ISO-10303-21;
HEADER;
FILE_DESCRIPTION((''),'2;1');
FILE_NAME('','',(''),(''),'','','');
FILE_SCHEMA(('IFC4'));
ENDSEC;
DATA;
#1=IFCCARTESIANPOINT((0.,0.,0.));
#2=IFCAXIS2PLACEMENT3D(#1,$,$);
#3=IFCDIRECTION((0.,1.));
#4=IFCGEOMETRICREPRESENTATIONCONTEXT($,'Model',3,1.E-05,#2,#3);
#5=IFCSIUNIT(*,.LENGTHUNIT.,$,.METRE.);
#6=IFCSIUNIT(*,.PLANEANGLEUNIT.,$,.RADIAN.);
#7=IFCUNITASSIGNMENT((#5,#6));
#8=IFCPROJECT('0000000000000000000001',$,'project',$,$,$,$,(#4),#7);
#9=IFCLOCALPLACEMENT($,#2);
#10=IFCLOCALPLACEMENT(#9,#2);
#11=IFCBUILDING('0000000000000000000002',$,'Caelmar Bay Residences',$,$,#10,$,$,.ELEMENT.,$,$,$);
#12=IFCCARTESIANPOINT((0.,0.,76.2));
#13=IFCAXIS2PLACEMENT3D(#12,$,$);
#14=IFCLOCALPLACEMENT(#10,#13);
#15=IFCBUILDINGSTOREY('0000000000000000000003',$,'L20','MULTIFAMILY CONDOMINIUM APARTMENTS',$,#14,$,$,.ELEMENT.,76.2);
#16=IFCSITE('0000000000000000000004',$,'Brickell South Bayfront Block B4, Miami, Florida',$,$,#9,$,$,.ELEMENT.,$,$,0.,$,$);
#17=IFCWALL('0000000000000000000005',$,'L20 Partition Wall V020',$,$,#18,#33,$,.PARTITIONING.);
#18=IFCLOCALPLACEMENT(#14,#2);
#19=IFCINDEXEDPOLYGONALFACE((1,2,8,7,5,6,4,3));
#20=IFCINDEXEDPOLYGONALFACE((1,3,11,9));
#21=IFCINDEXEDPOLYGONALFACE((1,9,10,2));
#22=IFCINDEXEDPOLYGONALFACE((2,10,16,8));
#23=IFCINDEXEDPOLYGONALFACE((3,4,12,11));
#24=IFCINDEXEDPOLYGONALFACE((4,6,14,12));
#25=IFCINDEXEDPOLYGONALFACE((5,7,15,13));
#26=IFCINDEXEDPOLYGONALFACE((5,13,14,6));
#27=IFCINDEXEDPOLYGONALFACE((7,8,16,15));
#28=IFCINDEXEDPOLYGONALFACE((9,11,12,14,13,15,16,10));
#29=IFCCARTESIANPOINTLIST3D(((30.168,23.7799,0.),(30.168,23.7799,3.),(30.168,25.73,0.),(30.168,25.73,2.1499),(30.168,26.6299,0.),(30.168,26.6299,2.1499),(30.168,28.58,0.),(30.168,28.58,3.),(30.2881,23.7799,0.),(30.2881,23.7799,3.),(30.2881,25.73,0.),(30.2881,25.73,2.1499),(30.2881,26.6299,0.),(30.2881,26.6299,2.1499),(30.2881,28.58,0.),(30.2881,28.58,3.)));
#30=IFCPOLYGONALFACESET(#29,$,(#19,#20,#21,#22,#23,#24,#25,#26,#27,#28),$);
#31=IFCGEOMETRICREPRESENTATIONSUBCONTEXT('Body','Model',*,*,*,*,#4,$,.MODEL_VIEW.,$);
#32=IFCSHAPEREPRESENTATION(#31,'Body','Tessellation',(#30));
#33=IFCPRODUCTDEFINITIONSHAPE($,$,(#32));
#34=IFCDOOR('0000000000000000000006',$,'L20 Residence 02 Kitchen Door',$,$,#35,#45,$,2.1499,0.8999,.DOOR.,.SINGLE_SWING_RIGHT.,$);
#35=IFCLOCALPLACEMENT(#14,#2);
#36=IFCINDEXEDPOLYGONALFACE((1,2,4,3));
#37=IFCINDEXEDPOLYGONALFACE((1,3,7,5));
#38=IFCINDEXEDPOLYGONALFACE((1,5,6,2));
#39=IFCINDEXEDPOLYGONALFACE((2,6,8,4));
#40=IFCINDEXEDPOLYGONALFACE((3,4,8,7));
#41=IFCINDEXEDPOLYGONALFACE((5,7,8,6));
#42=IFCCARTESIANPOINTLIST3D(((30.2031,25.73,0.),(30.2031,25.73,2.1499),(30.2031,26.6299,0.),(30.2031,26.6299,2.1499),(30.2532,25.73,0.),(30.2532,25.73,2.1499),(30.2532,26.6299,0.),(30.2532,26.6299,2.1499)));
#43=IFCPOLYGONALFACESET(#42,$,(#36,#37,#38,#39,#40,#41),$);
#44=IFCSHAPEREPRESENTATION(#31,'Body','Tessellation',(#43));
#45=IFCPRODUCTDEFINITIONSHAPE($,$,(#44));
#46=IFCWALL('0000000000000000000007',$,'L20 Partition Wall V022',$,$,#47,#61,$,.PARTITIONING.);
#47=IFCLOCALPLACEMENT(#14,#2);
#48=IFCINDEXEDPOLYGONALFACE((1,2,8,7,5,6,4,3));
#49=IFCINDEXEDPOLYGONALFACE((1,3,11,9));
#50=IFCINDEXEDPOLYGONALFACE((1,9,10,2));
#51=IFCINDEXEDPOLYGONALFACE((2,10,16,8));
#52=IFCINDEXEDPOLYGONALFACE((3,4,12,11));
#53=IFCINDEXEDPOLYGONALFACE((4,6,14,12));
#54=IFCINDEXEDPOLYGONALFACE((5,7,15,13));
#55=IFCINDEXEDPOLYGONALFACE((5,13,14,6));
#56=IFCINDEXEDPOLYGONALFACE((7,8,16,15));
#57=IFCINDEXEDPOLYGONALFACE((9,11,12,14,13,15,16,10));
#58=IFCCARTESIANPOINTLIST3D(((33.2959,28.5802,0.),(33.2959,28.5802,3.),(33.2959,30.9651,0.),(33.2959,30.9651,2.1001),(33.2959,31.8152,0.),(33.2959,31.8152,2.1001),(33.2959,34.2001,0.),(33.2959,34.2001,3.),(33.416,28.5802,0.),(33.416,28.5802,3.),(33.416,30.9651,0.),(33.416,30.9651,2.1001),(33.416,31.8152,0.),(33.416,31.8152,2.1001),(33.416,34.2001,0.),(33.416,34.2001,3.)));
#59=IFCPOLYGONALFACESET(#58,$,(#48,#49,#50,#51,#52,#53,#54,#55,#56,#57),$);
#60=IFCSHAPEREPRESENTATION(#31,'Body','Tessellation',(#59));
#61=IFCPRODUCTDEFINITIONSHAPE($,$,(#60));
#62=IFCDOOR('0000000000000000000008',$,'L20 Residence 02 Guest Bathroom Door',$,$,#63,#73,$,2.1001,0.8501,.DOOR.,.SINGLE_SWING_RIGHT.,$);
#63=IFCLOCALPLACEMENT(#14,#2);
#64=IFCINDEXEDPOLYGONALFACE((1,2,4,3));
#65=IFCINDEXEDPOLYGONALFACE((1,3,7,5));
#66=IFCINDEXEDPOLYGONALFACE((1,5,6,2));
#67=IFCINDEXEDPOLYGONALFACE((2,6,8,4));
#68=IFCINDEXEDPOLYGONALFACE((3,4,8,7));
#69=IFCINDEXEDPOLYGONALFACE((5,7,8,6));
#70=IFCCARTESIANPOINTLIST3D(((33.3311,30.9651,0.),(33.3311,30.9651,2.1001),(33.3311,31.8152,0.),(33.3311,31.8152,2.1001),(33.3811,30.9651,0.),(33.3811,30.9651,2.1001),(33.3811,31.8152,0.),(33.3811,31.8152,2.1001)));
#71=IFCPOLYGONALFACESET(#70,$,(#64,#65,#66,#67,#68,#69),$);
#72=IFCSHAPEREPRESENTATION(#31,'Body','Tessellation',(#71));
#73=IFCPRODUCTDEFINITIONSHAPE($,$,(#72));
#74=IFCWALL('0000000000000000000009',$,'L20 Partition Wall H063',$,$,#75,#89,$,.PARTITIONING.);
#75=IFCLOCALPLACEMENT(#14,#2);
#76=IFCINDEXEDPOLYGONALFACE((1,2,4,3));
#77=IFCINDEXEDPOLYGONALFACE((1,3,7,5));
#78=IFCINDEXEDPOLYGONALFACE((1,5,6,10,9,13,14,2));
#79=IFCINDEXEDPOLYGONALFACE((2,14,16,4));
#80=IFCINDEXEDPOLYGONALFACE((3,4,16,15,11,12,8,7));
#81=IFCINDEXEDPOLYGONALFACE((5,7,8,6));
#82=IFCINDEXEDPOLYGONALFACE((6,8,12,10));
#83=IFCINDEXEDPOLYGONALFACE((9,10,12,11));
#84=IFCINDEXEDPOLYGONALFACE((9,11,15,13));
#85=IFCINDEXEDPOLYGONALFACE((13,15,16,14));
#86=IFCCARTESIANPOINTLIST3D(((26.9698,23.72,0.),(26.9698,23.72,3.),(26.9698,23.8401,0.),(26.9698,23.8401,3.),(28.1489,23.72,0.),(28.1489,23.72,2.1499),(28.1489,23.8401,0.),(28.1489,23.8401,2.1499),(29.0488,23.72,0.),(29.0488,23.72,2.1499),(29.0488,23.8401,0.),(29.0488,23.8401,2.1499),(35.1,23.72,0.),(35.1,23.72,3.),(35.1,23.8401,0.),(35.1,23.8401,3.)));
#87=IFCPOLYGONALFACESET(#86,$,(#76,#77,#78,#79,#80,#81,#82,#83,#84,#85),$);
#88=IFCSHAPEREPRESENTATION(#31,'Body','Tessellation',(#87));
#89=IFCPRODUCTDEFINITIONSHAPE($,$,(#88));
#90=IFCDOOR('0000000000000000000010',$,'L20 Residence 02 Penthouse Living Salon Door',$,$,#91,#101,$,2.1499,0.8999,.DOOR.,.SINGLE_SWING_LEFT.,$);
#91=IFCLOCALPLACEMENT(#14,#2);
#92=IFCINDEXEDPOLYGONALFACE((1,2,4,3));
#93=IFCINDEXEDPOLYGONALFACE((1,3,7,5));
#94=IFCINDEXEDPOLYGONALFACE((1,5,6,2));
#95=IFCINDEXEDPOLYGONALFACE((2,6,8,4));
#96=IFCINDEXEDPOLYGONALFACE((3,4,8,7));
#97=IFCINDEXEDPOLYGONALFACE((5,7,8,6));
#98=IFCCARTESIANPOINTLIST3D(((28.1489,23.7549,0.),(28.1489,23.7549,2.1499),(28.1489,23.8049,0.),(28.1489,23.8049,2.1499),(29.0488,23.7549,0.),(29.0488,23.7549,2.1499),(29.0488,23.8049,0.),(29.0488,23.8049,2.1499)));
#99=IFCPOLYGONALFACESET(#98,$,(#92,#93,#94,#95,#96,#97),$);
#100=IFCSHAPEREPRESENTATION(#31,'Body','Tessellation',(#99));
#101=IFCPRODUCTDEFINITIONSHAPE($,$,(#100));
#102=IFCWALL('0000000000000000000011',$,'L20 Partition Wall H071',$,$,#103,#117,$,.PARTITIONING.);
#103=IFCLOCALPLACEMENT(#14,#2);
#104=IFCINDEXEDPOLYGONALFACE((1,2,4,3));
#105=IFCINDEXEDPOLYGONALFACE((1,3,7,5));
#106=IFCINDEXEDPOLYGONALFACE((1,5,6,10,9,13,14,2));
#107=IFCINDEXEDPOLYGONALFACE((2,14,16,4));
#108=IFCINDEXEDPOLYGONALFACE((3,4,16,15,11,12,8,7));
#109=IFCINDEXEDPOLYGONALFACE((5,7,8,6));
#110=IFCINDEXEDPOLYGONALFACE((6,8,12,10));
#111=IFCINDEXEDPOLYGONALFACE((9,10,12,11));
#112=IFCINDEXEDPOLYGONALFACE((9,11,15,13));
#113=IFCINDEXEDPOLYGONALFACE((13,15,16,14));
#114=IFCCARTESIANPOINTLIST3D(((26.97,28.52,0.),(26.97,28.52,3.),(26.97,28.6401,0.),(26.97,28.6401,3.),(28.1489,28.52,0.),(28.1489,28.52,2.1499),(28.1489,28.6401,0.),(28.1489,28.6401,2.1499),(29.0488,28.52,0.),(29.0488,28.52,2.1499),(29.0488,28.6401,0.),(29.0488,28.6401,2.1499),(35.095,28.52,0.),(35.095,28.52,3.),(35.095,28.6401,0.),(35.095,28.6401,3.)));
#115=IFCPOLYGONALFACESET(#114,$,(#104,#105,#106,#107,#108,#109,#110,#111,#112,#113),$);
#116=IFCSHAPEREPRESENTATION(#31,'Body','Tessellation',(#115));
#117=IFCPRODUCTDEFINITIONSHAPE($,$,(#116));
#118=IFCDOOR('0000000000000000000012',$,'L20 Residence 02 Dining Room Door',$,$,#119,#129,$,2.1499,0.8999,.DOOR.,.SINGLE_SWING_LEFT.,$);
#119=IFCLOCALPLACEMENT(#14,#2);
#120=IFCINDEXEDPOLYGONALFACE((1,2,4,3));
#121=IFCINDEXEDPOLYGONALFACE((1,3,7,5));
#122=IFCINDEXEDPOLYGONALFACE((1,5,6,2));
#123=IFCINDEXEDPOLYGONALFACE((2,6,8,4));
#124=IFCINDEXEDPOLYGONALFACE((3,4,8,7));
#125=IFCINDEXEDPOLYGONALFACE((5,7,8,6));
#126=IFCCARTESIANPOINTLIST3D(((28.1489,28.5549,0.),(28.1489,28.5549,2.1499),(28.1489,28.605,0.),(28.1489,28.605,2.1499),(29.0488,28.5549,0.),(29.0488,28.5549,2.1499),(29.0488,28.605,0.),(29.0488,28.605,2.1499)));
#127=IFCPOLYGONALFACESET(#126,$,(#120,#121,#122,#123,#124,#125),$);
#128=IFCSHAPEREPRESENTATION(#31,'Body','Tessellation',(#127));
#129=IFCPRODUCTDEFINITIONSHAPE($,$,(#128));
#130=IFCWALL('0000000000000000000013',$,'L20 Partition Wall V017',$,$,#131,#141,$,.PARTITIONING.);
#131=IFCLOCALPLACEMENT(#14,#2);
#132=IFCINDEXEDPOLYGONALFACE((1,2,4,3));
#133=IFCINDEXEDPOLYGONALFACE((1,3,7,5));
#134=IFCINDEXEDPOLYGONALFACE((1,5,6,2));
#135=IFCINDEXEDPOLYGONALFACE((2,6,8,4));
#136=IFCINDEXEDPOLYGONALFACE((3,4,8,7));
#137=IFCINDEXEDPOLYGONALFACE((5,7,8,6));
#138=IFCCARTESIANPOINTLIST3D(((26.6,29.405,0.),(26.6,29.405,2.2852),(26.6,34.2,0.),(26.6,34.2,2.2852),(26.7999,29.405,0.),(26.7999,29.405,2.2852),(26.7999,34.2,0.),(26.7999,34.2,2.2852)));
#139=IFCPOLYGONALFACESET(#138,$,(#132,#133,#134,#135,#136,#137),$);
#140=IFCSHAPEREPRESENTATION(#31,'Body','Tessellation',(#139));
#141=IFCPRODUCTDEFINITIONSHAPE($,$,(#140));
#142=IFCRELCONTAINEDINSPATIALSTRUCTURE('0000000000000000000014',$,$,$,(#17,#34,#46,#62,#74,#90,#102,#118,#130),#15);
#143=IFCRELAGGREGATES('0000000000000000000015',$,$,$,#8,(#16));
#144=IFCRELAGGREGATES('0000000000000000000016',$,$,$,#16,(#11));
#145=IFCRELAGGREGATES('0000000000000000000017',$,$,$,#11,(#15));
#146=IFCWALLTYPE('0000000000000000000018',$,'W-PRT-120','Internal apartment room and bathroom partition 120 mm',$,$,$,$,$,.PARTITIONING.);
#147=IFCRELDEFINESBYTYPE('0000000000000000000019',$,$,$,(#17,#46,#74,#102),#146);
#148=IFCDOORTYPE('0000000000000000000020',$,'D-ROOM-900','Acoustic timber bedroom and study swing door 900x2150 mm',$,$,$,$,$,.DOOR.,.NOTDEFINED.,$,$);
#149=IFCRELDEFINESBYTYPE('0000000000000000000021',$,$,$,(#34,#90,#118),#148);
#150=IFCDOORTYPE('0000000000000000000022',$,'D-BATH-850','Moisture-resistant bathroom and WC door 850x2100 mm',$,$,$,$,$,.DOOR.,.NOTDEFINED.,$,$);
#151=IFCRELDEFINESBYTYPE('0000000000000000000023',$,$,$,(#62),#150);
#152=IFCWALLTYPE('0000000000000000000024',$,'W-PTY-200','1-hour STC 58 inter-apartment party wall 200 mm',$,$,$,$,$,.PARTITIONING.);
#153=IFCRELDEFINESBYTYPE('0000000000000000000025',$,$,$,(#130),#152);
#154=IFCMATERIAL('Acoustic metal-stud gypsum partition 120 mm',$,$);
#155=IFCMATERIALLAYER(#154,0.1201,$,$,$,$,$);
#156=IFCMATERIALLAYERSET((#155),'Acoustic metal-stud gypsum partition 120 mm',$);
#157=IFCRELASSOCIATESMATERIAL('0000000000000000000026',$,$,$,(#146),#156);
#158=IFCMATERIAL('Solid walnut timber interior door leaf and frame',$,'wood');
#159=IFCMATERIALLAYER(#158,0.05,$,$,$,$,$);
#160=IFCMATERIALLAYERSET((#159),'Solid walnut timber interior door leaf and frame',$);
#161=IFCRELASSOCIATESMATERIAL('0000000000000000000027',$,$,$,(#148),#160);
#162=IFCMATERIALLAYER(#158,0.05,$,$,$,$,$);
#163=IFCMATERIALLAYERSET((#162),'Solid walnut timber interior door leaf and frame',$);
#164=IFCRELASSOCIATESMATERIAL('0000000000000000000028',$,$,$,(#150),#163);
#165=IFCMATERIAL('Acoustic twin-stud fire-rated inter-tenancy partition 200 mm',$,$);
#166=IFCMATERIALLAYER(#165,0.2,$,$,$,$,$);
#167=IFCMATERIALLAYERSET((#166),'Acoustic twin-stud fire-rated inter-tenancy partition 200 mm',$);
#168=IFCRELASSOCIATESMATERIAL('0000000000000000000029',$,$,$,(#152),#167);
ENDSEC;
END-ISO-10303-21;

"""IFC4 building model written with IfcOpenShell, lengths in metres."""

from ifc_helpers import new_model, si_unit, direction, frame, frame_2d, origin, place, context, subcontext, project, spatial, rectangle, extrude, material, layer, layer_set, type_object, element, fill, save


model = new_model("IFC4")

# Units and contexts
model_context = context("Model", 3, precision=1e-05, world=origin(), true_north=direction((0.0, 1.0)))
body_context = subcontext(model_context, "Body", "Model", "MODEL_VIEW")
ifc_project = project(units=[si_unit("LENGTHUNIT", "METRE"), si_unit("PLANEANGLEUNIT", "RADIAN")], contexts=[model_context])

# Site, building, storey
site_placement = place(None, origin())
site = spatial("IfcSite", under=ifc_project, at=site_placement, Name="Brickell South Bayfront Block B4, Miami, Florida", CompositionType="ELEMENT", RefElevation=0.0)
building_placement = place(site_placement, origin())
building = spatial("IfcBuilding", under=site, at=building_placement, Name="Caelmar Bay Residences", CompositionType="ELEMENT")
storey_placement = place(building_placement, frame((0.0, 0.0, 76.2)))
storey = spatial("IfcBuildingStorey", under=building, at=storey_placement, Name="L20", Description="MULTIFAMILY CONDOMINIUM APARTMENTS", CompositionType="ELEMENT", Elevation=76.2)

# Walls, openings, doors
ifc_material_1 = material(Name="Acoustic metal-stud gypsum partition 120 mm")
ifc_layer_1 = layer(ifc_material_1, 0.1201)
ifc_layer_set_1 = layer_set([ifc_layer_1], Name="Acoustic metal-stud gypsum partition 120 mm")
wall_type_1 = type_object("IfcWallType", Name="W-PRT-120", Description="Internal apartment room and bathroom partition 120 mm", PredefinedType="PARTITIONING", material=ifc_layer_set_1)
wall_1_placement = place(storey_placement, frame((30.228, 23.78, 0.0), z_axis=(0.0, 0.0, 1.0), x_axis=(0.0, 1.0, 0.0)))
wall_1 = element("IfcWall", 1, at=wall_1_placement, inside=storey, type_object=wall_type_1, Name="L20 Partition Wall V020", PredefinedType="PARTITIONING", context=body_context, shape_type="SweptSolid", body=[
    extrude(rectangle(XDim=4.8, YDim=0.1201, at=frame_2d((2.3999, 0.0))), origin(), (0.0, 0.0, 1.0), 3.0),
])
opening_1_placement = place(wall_1_placement, frame((1.95, 0.0, 0.0)))
opening_1 = element("IfcOpeningElement", 2, at=opening_1_placement, cuts=wall_1, PredefinedType="OPENING", context=body_context, shape_type="SweptSolid", body=[
    extrude(rectangle(XDim=0.8999, YDim=2.1499, at=frame_2d((0.45, 1.075))), frame((0.0, 0.0701, 0.0), z_axis=(0.0, -1.0, 0.0), x_axis=(1.0, 0.0, 0.0)), (0.0, 0.0, 1.0), 0.1401),
])
ifc_material_2 = material(Name="Solid walnut timber interior door leaf and frame", Category="wood")
ifc_layer_2 = layer(ifc_material_2, 0.05)
ifc_layer_set_2 = layer_set([ifc_layer_2], Name="Solid walnut timber interior door leaf and frame")
door_type_1 = type_object("IfcDoorType", Name="D-ROOM-900", Description="Acoustic timber bedroom and study swing door 900x2150 mm", OperationType="NOTDEFINED", PredefinedType="DOOR", material=ifc_layer_set_2)
door_1_placement = place(opening_1_placement, origin())
door_1 = element("IfcDoor", 3, at=door_1_placement, inside=storey, type_object=door_type_1, Name="L20 Residence 02 Kitchen Door", OperationType="SINGLE_SWING_RIGHT", OverallHeight=2.1499, OverallWidth=0.8999, PredefinedType="DOOR", context=body_context, shape_type="SweptSolid", body=[
    extrude(rectangle(XDim=0.8999, YDim=2.1499, at=frame_2d((0.45, 1.075))), frame((0.0, 0.0249, 0.0), z_axis=(0.0, -1.0, 0.0), x_axis=(1.0, 0.0, 0.0)), (0.0, 0.0, 1.0), 0.05),
])
fill(opening_1, door_1)
wall_2_placement = place(storey_placement, frame((33.356, 28.5801, 0.0), z_axis=(0.0, 0.0, 1.0), x_axis=(0.0, 1.0, 0.0)))
wall_2 = element("IfcWall", 4, at=wall_2_placement, inside=storey, type_object=wall_type_1, Name="L20 Partition Wall V022", PredefinedType="PARTITIONING", context=body_context, shape_type="SweptSolid", body=[
    extrude(rectangle(XDim=5.6199, YDim=0.1201, at=frame_2d((2.8101, 0.0))), origin(), (0.0, 0.0, 1.0), 3.0),
])
opening_2_placement = place(wall_2_placement, frame((2.385, 0.0, 0.0)))
opening_2 = element("IfcOpeningElement", 5, at=opening_2_placement, cuts=wall_2, PredefinedType="OPENING", context=body_context, shape_type="SweptSolid", body=[
    extrude(rectangle(XDim=0.8501, YDim=2.1001, at=frame_2d((0.425, 1.05))), frame((0.0, 0.0701, 0.0), z_axis=(0.0, -1.0, 0.0), x_axis=(1.0, 0.0, 0.0)), (0.0, 0.0, 1.0), 0.1401),
])
ifc_layer_3 = layer(ifc_material_2, 0.05)
ifc_layer_set_3 = layer_set([ifc_layer_3], Name="Solid walnut timber interior door leaf and frame")
door_type_2 = type_object("IfcDoorType", Name="D-BATH-850", Description="Moisture-resistant bathroom and WC door 850x2100 mm", OperationType="NOTDEFINED", PredefinedType="DOOR", material=ifc_layer_set_3)
door_2_placement = place(opening_2_placement, origin())
door_2 = element("IfcDoor", 6, at=door_2_placement, inside=storey, type_object=door_type_2, Name="L20 Residence 02 Guest Bathroom Door", OperationType="SINGLE_SWING_RIGHT", OverallHeight=2.1001, OverallWidth=0.8501, PredefinedType="DOOR", context=body_context, shape_type="SweptSolid", body=[
    extrude(rectangle(XDim=0.8501, YDim=2.1001, at=frame_2d((0.425, 1.05))), frame((0.0, 0.0249, 0.0), z_axis=(0.0, -1.0, 0.0), x_axis=(1.0, 0.0, 0.0)), (0.0, 0.0, 1.0), 0.05),
])
fill(opening_2, door_2)
wall_3_placement = place(storey_placement, frame((26.97, 23.78, 0.0), z_axis=(0.0, 0.0, 1.0), x_axis=(1.0, 0.0, 0.0)))
wall_3 = element("IfcWall", 7, at=wall_3_placement, inside=storey, type_object=wall_type_1, Name="L20 Partition Wall H063", PredefinedType="PARTITIONING", context=body_context, shape_type="SweptSolid", body=[
    extrude(rectangle(XDim=8.1301, YDim=0.1201, at=frame_2d((4.0649, 0.0))), origin(), (0.0, 0.0, 1.0), 3.0),
])
opening_3_placement = place(wall_3_placement, frame((1.179, 0.0, 0.0)))
opening_3 = element("IfcOpeningElement", 8, at=opening_3_placement, cuts=wall_3, PredefinedType="OPENING", context=body_context, shape_type="SweptSolid", body=[
    extrude(rectangle(XDim=0.8999, YDim=2.1499, at=frame_2d((0.45, 1.075))), frame((0.0, 0.0701, 0.0), z_axis=(0.0, -1.0, 0.0), x_axis=(1.0, 0.0, 0.0)), (0.0, 0.0, 1.0), 0.1401),
])
door_3_placement = place(opening_3_placement, origin())
door_3 = element("IfcDoor", 9, at=door_3_placement, inside=storey, type_object=door_type_1, Name="L20 Residence 02 Penthouse Living Salon Door", OperationType="SINGLE_SWING_LEFT", OverallHeight=2.1499, OverallWidth=0.8999, PredefinedType="DOOR", context=body_context, shape_type="SweptSolid", body=[
    extrude(rectangle(XDim=0.8999, YDim=2.1499, at=frame_2d((0.45, 1.075))), frame((0.0, 0.0249, 0.0), z_axis=(0.0, -1.0, 0.0), x_axis=(1.0, 0.0, 0.0)), (0.0, 0.0, 1.0), 0.05),
])
fill(opening_3, door_3)
wall_4_placement = place(storey_placement, frame((26.97, 28.5801, 0.0), z_axis=(0.0, 0.0, 1.0), x_axis=(1.0, 0.0, 0.0)))
wall_4 = element("IfcWall", 10, at=wall_4_placement, inside=storey, type_object=wall_type_1, Name="L20 Partition Wall H071", PredefinedType="PARTITIONING", context=body_context, shape_type="SweptSolid", body=[
    extrude(rectangle(XDim=8.125, YDim=0.1201, at=frame_2d((4.0625, 0.0))), origin(), (0.0, 0.0, 1.0), 3.0),
])
opening_4_placement = place(wall_4_placement, frame((1.179, 0.0, 0.0)))
opening_4 = element("IfcOpeningElement", 11, at=opening_4_placement, cuts=wall_4, PredefinedType="OPENING", context=body_context, shape_type="SweptSolid", body=[
    extrude(rectangle(XDim=0.8999, YDim=2.1499, at=frame_2d((0.45, 1.075))), frame((0.0, 0.0701, 0.0), z_axis=(0.0, -1.0, 0.0), x_axis=(1.0, 0.0, 0.0)), (0.0, 0.0, 1.0), 0.1401),
])
door_4_placement = place(opening_4_placement, origin())
door_4 = element("IfcDoor", 12, at=door_4_placement, inside=storey, type_object=door_type_1, Name="L20 Residence 02 Dining Room Door", OperationType="SINGLE_SWING_LEFT", OverallHeight=2.1499, OverallWidth=0.8999, PredefinedType="DOOR", context=body_context, shape_type="SweptSolid", body=[
    extrude(rectangle(XDim=0.8999, YDim=2.1499, at=frame_2d((0.45, 1.075))), frame((0.0, 0.0249, 0.0), z_axis=(0.0, -1.0, 0.0), x_axis=(1.0, 0.0, 0.0)), (0.0, 0.0, 1.0), 0.05),
])
fill(opening_4, door_4)

# Wall
ifc_material_3 = material(Name="Acoustic twin-stud fire-rated inter-tenancy partition 200 mm")
ifc_layer_4 = layer(ifc_material_3, 0.2)
ifc_layer_set_4 = layer_set([ifc_layer_4], Name="Acoustic twin-stud fire-rated inter-tenancy partition 200 mm")
wall_type_2 = type_object("IfcWallType", Name="W-PTY-200", Description="1-hour STC 58 inter-apartment party wall 200 mm", PredefinedType="PARTITIONING", material=ifc_layer_set_4)
wall_5_placement = place(storey_placement, frame((26.7, 29.405, 0.0), z_axis=(0.0, 0.0, 1.0), x_axis=(0.0, 1.0, 0.0)))
element("IfcWall", 13, at=wall_5_placement, inside=storey, type_object=wall_type_2, Name="L20 Partition Wall V017", PredefinedType="PARTITIONING", context=body_context, shape_type="SweptSolid", body=[
    extrude(rectangle(XDim=4.7949, YDim=0.2, at=frame_2d((2.3975, 0.0))), origin(), (0.0, 0.0, 1.0), 2.2852),
])

save(model, "model.ifc")
